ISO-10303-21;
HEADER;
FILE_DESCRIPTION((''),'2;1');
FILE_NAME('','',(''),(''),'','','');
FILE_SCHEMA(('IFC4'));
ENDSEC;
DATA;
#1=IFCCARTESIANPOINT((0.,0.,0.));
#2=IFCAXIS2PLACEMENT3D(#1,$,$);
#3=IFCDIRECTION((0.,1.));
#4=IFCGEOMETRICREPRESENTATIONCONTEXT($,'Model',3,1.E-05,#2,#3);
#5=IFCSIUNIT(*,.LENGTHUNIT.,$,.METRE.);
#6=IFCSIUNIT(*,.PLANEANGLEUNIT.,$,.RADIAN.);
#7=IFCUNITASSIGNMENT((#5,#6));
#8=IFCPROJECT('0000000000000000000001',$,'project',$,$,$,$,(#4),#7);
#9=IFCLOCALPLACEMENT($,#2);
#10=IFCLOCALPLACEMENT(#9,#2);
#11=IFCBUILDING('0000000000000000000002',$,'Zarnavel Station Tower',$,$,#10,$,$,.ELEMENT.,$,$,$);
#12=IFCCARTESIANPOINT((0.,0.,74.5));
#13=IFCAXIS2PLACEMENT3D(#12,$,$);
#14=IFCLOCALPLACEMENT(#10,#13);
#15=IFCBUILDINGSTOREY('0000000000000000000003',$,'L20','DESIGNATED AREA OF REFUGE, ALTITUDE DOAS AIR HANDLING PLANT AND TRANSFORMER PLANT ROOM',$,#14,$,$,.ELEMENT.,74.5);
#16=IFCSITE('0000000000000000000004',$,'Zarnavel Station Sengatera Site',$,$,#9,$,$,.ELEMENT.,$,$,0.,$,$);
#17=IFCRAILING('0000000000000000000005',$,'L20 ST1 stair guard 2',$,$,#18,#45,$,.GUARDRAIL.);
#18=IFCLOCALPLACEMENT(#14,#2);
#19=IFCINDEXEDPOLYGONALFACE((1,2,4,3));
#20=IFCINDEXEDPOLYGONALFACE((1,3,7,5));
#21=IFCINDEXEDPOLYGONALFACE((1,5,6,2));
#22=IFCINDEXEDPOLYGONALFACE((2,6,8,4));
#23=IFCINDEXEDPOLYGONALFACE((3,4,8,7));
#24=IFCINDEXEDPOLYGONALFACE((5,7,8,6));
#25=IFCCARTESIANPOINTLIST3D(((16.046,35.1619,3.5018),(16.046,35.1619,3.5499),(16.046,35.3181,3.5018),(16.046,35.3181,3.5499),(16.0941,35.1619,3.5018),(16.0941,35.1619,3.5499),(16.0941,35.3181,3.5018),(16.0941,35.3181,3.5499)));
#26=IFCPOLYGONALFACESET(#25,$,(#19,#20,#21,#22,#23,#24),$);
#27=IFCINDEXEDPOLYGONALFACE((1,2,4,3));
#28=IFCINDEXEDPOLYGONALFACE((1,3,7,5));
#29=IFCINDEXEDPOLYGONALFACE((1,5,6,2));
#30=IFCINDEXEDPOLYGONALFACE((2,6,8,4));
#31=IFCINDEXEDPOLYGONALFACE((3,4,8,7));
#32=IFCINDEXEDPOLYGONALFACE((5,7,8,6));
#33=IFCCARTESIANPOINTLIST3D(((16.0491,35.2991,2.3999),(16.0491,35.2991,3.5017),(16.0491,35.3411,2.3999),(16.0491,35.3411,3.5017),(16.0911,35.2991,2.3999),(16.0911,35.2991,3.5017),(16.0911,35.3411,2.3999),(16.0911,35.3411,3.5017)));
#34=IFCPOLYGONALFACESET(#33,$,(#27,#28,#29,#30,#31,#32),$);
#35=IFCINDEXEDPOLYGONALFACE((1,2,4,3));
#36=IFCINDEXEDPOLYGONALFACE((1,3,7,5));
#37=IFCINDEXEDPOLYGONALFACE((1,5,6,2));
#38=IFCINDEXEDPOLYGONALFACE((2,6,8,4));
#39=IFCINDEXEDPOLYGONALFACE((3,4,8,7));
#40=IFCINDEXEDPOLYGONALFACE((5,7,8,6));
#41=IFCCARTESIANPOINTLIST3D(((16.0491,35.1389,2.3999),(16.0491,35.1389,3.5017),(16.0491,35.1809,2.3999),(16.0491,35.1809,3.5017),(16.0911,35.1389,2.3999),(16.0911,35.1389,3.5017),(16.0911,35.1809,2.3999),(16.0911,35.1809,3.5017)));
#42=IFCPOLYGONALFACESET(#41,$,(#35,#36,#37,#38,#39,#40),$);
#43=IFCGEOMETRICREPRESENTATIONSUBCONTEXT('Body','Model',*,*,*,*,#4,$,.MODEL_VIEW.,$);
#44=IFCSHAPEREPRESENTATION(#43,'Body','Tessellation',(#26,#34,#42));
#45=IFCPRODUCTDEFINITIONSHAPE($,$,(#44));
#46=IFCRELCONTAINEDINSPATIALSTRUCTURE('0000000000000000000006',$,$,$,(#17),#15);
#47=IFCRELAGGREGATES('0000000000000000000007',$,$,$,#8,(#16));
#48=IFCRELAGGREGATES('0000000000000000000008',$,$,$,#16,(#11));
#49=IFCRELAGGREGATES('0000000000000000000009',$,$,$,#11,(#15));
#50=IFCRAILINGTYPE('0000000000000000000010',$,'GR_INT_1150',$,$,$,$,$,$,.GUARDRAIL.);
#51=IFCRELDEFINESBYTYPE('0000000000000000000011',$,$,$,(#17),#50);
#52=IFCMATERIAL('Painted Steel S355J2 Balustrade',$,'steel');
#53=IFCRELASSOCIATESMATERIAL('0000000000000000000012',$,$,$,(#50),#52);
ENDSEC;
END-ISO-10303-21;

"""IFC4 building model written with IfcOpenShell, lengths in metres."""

from ifc_helpers import new_model, si_unit, direction, frame, origin, origin_2d, place, context, subcontext, project, spatial, rectangle, extrude, material, type_object, element, save


model = new_model("IFC4")

# Units and contexts
model_context = context("Model", 3, precision=1e-05, world=origin(), true_north=direction((0.0, 1.0)))
body_context = subcontext(model_context, "Body", "Model", "MODEL_VIEW")
ifc_project = project(units=[si_unit("LENGTHUNIT", "METRE"), si_unit("PLANEANGLEUNIT", "RADIAN")], contexts=[model_context])

# Site, building, storey
site_placement = place(None, origin())
site = spatial("IfcSite", under=ifc_project, at=site_placement, Name="Zarnavel Station Sengatera Site", CompositionType="ELEMENT", RefElevation=0.0)
building_placement = place(site_placement, origin())
building = spatial("IfcBuilding", under=site, at=building_placement, Name="Zarnavel Station Tower", CompositionType="ELEMENT")
storey_placement = place(building_placement, frame((0.0, 0.0, 74.5)))
storey = spatial("IfcBuildingStorey", under=building, at=storey_placement, Name="L20", Description="DESIGNATED AREA OF REFUGE, ALTITUDE DOAS AIR HANDLING PLANT AND TRANSFORMER PLANT ROOM", CompositionType="ELEMENT", Elevation=74.5)

# Railing
ifc_material_1 = material(Name="Painted Steel S355J2 Balustrade", Category="steel")
railing_type = type_object("IfcRailingType", Name="GR_INT_1150", PredefinedType="GUARDRAIL", material=ifc_material_1)
railing_placement = place(storey_placement, frame((16.0701, 35.3201, 2.3999)))
element("IfcRailing", 1, at=railing_placement, inside=storey, type_object=railing_type, Name="L20 ST1 stair guard 2", PredefinedType="GUARDRAIL", context=body_context, shape_type="SweptSolid", body=[
    extrude(rectangle(XDim=0.0481, YDim=0.0481, at=origin_2d()), frame((0.0, -0.002, 1.126), z_axis=(0.0, -1.0, 0.0), x_axis=(1.0, 0.0, 0.0)), (0.0, 0.0, 1.0), 0.1562),
    extrude(rectangle(XDim=0.042, YDim=0.042, at=origin_2d()), origin(), (0.0, 0.0, 1.0), 1.1018),
    extrude(rectangle(XDim=0.042, YDim=0.042, at=origin_2d()), frame((0.0, -0.1602, 0.0)), (0.0, 0.0, 1.0), 1.1018),
])

save(model, "model.ifc")
